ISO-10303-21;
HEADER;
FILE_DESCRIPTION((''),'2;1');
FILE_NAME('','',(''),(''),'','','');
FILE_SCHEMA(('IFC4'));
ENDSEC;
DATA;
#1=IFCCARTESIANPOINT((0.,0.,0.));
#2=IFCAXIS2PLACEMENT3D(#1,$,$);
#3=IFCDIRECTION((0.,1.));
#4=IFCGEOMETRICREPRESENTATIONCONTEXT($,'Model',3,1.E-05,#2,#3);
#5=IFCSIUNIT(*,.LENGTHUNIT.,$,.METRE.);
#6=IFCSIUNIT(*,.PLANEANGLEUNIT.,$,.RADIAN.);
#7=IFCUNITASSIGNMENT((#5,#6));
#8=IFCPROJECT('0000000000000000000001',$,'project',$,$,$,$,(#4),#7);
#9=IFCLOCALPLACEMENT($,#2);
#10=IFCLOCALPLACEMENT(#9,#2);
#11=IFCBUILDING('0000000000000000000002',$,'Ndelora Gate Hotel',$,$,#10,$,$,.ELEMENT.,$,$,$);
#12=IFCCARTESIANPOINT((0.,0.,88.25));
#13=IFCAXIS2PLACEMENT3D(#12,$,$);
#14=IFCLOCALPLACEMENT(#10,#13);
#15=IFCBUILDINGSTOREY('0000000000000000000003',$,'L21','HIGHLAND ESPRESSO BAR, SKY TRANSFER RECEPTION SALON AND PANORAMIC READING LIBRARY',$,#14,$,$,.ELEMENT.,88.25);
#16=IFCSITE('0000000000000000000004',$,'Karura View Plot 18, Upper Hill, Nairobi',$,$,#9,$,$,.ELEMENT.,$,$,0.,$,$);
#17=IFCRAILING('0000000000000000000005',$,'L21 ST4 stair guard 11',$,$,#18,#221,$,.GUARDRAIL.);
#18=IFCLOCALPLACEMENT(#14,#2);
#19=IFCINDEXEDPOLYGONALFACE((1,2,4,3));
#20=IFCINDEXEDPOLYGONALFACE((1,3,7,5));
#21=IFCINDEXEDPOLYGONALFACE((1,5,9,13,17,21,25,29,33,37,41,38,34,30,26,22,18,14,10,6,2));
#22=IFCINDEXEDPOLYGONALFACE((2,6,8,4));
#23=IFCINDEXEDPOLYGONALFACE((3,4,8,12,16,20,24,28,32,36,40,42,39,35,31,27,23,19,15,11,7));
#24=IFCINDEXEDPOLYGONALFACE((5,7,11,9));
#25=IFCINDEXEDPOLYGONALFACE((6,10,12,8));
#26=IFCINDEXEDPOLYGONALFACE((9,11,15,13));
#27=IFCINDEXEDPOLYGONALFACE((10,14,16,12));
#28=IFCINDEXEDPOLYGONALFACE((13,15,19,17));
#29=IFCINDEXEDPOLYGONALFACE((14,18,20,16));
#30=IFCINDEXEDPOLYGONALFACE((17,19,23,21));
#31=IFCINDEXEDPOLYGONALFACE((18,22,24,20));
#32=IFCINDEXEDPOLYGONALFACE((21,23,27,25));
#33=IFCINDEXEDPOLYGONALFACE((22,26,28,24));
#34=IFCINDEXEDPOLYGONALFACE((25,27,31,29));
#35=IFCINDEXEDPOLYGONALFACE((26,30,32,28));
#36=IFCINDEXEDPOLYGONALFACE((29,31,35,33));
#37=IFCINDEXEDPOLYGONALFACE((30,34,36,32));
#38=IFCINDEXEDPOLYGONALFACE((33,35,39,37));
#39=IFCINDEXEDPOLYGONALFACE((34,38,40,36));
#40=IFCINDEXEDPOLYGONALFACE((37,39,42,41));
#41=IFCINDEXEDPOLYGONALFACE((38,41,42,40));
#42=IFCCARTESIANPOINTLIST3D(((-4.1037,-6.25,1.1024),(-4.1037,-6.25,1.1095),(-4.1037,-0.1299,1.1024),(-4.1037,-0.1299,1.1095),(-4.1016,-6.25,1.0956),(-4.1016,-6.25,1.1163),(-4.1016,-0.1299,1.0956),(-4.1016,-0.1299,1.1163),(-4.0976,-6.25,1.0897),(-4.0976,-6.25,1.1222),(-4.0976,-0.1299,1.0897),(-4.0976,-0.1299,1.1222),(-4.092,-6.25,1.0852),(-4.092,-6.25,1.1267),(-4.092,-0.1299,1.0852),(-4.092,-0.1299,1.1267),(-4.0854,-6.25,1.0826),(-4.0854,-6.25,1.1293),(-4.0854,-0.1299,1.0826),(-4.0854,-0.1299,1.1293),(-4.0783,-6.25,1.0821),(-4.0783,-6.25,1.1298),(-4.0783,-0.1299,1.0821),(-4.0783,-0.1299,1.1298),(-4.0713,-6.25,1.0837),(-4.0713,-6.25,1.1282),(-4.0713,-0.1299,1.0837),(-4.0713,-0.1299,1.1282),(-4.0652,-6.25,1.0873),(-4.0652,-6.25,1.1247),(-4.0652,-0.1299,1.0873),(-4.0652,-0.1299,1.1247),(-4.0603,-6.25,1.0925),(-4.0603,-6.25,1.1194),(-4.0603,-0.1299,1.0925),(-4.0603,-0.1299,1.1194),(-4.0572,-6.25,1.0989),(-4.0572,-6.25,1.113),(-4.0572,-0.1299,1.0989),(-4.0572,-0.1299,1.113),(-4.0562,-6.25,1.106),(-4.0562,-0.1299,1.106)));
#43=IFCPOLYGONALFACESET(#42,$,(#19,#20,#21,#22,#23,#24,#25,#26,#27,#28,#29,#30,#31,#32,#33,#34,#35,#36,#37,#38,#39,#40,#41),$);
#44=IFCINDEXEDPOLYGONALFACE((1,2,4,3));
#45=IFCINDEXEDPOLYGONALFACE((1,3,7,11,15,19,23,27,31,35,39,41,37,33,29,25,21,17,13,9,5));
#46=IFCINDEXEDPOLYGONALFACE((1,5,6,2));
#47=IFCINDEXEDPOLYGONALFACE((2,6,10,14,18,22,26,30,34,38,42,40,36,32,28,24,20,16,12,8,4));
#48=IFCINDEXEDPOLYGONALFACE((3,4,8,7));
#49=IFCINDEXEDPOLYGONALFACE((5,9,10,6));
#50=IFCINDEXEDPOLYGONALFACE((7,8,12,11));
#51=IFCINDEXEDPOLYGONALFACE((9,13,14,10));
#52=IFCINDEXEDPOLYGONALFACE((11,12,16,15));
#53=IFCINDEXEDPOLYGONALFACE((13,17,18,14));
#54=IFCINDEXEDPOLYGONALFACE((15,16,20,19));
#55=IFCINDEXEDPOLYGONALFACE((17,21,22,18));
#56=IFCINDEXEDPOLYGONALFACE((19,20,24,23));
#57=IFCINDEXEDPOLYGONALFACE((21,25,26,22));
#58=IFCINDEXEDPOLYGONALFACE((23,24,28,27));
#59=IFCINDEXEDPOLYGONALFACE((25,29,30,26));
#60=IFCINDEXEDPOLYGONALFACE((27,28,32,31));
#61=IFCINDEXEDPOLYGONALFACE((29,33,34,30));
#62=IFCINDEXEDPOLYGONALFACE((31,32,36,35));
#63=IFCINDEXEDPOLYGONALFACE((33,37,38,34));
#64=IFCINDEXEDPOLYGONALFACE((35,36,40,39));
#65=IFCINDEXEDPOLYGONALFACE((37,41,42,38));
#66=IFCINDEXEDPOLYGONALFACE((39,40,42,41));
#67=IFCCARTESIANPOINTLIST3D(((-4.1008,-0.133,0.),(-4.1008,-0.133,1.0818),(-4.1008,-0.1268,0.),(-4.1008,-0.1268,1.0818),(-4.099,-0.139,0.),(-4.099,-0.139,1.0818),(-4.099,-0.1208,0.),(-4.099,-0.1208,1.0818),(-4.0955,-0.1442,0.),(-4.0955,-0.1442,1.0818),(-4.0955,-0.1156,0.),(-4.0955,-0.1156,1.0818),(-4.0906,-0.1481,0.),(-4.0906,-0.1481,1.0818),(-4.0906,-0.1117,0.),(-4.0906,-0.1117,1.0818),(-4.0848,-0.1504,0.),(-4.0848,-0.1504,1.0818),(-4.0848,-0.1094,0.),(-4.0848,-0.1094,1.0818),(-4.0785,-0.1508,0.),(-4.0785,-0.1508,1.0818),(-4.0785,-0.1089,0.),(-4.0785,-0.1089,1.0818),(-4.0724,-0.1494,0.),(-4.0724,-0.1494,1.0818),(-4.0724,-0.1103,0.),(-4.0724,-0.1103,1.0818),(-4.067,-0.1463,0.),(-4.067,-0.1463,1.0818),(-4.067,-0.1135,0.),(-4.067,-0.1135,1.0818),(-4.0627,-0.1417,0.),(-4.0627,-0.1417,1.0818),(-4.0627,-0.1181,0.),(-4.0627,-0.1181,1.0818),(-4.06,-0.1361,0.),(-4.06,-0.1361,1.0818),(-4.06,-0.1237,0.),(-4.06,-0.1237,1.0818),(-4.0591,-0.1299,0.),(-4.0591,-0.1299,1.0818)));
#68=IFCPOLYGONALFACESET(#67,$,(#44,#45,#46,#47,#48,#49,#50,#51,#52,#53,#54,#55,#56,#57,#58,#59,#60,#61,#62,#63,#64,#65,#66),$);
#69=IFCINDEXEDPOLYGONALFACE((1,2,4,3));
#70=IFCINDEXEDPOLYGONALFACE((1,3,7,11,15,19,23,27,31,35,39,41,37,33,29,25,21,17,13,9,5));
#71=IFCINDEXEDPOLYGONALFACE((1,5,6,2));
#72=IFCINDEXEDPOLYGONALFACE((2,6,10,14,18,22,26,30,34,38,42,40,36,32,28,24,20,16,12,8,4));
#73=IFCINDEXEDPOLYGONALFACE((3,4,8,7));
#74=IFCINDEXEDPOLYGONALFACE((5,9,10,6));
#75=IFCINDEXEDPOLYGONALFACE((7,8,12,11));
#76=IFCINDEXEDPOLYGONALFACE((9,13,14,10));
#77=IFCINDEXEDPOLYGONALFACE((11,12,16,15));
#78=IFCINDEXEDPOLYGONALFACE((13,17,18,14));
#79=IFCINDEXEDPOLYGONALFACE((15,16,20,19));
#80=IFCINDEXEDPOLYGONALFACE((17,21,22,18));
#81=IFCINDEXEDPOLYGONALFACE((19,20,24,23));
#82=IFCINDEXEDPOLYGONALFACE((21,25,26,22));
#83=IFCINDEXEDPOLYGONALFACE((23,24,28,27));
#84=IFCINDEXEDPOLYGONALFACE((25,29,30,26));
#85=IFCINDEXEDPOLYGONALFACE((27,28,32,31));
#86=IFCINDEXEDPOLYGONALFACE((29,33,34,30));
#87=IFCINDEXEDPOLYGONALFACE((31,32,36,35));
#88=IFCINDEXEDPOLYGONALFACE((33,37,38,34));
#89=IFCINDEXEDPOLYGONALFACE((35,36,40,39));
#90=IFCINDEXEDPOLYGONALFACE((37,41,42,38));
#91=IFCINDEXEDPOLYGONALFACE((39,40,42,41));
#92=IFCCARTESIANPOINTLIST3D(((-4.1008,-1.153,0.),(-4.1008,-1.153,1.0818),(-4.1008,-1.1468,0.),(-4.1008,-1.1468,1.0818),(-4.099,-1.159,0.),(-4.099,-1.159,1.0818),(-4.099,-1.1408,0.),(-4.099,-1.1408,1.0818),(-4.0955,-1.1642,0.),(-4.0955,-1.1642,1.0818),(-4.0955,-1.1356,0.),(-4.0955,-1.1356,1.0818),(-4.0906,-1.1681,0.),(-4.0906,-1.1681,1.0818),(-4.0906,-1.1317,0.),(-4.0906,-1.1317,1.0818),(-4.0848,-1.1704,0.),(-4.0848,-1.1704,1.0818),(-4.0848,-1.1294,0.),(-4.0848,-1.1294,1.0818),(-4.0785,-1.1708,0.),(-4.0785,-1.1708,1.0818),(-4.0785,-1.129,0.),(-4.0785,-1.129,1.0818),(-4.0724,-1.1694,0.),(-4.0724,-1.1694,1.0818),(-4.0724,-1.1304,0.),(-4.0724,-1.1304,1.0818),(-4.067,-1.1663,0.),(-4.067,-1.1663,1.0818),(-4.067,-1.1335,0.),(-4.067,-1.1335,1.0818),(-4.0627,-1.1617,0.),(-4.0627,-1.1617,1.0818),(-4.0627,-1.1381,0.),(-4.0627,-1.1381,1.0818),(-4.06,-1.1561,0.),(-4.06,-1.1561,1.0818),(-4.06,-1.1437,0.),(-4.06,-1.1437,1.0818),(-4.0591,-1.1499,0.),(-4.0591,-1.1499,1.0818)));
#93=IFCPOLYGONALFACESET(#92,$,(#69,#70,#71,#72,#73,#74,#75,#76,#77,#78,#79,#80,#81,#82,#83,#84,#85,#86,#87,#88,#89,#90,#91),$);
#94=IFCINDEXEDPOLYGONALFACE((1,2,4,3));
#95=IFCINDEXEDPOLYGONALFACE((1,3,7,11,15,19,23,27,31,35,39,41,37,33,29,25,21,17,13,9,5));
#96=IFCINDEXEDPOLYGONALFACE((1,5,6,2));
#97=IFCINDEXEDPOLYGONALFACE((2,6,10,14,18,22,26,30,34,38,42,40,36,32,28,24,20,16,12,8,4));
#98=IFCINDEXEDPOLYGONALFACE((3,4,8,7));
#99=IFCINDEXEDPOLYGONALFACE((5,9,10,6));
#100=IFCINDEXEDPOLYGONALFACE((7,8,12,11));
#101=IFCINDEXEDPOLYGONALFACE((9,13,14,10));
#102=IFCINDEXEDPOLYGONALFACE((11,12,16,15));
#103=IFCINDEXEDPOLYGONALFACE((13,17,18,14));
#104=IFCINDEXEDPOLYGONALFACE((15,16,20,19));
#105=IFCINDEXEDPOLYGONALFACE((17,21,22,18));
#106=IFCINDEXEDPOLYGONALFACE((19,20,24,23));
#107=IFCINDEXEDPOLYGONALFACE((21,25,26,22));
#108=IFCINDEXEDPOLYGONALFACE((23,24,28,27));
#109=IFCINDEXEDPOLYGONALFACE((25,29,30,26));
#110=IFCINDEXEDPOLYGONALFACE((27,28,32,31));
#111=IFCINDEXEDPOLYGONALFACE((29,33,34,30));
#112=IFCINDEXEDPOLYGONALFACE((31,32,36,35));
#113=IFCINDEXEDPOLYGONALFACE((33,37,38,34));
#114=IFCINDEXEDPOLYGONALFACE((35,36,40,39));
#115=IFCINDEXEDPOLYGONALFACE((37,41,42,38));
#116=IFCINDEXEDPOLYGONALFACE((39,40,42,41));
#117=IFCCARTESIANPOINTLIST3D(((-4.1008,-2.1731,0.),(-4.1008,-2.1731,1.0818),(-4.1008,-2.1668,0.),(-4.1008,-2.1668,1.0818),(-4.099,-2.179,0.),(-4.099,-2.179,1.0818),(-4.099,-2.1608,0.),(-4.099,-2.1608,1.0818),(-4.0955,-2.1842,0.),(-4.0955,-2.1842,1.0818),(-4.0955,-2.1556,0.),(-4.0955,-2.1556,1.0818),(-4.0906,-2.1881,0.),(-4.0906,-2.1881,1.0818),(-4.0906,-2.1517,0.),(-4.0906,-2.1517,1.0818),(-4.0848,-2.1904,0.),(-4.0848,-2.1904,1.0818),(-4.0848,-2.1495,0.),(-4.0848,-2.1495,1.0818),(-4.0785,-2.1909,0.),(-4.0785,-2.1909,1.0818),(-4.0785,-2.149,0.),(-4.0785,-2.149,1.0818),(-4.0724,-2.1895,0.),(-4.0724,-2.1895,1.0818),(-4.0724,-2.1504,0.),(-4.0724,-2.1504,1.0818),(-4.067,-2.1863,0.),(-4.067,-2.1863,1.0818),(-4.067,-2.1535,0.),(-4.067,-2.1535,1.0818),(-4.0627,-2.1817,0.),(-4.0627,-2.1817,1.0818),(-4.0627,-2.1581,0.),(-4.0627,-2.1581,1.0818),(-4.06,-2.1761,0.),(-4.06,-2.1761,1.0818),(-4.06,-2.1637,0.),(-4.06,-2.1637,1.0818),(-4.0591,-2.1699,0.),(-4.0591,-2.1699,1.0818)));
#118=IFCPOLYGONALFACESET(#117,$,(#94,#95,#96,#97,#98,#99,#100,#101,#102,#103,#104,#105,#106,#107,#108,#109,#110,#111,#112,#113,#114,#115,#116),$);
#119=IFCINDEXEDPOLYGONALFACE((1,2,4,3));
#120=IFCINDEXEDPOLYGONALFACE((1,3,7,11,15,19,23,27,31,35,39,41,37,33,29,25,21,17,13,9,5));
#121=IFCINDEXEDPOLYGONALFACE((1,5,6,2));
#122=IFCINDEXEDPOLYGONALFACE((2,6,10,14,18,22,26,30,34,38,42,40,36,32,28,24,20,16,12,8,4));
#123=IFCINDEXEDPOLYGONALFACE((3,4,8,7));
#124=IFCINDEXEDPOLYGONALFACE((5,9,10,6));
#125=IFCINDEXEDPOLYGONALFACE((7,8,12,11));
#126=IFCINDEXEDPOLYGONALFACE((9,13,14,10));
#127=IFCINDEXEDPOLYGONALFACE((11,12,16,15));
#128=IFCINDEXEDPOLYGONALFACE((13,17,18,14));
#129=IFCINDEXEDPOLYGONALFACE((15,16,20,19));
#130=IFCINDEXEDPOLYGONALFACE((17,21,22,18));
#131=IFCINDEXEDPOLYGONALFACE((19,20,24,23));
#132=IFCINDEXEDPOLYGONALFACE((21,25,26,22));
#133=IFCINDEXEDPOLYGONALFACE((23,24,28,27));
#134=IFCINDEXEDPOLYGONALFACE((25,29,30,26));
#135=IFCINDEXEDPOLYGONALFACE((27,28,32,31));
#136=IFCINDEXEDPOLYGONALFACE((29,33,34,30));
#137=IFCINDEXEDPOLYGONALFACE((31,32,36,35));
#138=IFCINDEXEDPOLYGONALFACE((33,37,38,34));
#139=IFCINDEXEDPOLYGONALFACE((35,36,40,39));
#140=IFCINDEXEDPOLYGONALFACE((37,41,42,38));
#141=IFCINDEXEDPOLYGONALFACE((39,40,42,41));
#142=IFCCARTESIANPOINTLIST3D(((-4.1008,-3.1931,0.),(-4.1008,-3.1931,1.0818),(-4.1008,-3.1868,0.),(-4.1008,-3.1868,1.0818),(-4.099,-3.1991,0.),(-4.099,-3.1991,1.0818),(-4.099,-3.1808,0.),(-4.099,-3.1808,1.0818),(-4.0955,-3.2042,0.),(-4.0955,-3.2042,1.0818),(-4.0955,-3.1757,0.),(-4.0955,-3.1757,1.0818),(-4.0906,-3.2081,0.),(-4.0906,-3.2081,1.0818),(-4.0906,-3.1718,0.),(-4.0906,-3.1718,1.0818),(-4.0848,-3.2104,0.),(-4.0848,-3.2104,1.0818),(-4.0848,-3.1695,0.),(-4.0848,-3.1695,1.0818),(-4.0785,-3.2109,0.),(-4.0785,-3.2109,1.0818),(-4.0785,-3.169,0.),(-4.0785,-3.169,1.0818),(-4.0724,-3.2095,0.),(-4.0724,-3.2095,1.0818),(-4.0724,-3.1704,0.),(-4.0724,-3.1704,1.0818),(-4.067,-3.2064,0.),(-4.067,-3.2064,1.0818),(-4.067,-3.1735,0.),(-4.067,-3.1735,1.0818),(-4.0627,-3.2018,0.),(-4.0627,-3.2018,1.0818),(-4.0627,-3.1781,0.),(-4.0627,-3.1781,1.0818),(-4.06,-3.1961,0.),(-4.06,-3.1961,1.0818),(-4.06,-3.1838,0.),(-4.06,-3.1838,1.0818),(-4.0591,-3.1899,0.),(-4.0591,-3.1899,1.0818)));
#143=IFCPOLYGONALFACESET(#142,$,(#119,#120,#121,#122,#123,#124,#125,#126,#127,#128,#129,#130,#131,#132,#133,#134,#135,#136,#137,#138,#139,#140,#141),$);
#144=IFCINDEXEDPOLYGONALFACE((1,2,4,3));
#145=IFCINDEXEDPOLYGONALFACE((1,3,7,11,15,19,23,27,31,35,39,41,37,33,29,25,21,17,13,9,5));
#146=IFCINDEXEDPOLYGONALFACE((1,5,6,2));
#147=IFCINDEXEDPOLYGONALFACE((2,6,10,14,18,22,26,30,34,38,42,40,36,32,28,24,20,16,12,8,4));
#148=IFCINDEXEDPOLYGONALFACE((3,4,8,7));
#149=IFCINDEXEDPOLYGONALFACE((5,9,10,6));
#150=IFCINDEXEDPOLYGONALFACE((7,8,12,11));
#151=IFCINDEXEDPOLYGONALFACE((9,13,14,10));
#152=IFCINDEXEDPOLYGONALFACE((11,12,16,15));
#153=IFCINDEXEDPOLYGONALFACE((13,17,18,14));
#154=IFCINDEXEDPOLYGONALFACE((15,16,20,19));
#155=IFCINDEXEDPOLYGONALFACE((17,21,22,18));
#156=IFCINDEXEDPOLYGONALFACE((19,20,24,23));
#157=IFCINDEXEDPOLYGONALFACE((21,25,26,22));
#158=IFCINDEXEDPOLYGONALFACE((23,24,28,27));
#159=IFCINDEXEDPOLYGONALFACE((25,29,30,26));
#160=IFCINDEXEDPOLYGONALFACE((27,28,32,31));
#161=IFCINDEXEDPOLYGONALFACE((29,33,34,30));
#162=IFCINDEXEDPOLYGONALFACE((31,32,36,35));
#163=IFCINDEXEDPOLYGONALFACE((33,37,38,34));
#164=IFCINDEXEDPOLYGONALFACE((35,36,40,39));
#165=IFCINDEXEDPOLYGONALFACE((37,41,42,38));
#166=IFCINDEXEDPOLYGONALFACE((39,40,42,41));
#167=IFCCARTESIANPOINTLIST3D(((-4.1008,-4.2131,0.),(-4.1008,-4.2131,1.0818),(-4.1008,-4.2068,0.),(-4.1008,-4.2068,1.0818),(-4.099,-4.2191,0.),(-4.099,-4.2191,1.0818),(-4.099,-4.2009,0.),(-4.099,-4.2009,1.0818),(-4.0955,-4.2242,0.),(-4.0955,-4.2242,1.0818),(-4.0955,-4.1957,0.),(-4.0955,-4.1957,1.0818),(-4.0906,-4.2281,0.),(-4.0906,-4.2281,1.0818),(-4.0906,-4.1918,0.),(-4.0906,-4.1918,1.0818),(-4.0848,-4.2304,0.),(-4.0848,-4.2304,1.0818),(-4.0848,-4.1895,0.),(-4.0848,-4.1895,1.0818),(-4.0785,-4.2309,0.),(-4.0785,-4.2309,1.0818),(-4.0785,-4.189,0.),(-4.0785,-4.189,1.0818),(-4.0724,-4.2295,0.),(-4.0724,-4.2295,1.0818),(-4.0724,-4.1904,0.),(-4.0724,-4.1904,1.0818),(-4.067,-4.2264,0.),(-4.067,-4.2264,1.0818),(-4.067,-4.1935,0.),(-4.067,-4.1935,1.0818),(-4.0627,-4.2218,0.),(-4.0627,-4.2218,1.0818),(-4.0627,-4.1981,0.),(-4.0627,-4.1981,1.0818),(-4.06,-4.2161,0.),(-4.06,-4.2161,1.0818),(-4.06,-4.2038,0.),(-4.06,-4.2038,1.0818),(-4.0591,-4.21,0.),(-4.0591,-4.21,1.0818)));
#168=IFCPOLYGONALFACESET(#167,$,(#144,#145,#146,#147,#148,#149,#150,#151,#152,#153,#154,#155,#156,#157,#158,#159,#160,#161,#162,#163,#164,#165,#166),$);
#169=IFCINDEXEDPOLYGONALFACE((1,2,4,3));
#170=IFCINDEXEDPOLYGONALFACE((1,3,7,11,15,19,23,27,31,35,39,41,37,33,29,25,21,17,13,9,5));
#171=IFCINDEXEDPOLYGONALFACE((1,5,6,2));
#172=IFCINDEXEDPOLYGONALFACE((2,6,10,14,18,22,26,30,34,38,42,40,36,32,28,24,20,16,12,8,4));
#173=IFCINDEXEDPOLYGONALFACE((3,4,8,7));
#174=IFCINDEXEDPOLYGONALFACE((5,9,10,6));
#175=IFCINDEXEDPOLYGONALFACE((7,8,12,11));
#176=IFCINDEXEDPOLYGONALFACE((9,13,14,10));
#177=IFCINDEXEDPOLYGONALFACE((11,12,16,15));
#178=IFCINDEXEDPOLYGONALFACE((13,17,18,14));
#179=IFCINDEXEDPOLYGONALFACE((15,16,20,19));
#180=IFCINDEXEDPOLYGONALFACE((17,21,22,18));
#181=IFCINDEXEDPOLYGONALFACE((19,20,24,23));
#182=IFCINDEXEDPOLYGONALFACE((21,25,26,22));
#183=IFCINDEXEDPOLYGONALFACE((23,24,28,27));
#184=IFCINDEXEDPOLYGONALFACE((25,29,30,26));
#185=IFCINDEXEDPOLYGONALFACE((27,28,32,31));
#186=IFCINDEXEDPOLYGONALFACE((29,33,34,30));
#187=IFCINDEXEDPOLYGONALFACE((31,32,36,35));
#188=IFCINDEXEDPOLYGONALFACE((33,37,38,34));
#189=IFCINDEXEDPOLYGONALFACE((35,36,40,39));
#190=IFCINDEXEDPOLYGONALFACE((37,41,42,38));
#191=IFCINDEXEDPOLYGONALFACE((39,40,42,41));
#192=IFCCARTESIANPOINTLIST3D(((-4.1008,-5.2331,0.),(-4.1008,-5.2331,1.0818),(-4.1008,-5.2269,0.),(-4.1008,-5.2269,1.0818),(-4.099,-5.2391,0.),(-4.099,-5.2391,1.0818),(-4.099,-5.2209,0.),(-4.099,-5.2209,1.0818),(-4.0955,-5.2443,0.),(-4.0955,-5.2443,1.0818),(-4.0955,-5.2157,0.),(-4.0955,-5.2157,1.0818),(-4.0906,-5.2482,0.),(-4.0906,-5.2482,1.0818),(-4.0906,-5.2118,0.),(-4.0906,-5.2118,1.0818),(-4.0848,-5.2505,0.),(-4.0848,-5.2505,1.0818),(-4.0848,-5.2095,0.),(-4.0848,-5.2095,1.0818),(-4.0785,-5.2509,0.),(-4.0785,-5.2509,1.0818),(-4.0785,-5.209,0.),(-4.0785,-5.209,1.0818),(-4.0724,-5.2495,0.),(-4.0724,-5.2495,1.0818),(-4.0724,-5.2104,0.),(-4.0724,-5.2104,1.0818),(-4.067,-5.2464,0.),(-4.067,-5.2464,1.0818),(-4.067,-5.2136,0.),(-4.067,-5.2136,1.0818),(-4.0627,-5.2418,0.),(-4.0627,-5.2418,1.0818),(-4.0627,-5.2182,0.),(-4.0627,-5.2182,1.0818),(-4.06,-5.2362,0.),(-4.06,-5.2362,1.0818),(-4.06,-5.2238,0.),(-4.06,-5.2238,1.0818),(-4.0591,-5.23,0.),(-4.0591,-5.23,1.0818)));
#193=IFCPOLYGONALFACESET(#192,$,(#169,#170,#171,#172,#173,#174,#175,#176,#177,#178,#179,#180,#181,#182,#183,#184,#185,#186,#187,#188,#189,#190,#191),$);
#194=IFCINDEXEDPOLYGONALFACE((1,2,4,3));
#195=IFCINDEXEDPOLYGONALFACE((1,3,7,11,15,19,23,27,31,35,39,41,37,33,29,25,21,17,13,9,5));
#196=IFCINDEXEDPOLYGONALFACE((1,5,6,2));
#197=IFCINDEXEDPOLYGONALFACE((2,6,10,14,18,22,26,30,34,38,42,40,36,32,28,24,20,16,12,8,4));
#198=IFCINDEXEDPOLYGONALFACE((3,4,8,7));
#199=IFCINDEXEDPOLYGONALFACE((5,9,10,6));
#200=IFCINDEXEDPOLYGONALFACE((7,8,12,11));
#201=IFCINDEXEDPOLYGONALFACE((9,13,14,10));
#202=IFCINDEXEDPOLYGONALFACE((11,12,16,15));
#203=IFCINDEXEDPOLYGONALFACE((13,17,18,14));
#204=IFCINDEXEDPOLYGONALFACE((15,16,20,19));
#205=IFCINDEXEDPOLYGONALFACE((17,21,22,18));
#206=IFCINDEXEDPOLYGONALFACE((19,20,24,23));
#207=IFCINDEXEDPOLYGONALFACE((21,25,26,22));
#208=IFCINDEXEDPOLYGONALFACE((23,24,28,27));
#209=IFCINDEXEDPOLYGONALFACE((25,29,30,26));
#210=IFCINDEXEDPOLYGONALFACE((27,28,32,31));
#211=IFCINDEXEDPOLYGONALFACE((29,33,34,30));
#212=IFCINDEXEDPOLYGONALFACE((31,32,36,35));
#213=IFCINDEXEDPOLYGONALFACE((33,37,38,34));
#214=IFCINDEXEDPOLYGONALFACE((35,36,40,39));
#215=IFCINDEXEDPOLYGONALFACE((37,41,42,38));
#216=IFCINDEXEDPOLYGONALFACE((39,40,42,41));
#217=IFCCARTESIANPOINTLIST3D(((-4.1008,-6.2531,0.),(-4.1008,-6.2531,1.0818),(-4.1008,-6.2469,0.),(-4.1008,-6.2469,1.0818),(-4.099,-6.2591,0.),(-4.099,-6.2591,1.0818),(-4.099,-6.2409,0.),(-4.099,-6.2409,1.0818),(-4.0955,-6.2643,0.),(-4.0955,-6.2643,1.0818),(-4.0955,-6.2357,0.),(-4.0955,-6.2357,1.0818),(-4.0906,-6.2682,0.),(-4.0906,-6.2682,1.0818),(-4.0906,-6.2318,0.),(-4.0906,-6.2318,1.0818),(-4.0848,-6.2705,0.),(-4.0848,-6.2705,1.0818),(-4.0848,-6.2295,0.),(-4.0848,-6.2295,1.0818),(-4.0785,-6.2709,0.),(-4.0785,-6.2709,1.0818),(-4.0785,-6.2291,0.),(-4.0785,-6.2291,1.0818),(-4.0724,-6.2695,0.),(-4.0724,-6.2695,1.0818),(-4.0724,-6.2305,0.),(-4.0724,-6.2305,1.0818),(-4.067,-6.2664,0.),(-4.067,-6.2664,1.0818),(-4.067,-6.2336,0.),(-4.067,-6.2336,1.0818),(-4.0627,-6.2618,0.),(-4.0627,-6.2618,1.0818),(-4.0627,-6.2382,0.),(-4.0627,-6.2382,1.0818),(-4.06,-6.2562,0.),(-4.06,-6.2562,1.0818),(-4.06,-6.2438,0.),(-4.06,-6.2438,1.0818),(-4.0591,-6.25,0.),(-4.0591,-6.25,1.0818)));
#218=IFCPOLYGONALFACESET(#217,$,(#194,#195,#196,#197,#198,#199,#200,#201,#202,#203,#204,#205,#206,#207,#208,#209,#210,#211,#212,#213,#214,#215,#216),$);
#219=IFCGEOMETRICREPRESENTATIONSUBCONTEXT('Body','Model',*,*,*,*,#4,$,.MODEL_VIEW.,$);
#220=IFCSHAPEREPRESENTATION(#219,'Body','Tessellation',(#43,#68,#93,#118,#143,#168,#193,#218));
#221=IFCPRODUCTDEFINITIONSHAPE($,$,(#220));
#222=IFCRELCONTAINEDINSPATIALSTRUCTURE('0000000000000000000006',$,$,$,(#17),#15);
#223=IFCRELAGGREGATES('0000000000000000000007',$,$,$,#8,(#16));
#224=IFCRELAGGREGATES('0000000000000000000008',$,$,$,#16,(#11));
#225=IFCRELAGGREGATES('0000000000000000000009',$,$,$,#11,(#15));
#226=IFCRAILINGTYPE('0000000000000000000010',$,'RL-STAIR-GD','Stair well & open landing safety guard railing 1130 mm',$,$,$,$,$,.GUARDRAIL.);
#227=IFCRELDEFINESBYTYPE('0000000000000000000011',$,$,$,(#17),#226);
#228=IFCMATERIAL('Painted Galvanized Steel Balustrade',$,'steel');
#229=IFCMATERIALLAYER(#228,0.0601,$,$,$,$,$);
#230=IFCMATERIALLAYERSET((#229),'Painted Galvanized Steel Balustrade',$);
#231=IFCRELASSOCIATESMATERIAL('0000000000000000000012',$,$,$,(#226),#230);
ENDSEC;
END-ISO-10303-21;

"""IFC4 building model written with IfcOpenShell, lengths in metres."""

from ifc_helpers import new_model, si_unit, direction, frame, origin, origin_2d, place, context, subcontext, project, spatial, circle, extrude, material, layer, layer_set, type_object, element, save


model = new_model("IFC4")

# Units and contexts
model_context = context("Model", 3, precision=1e-05, world=origin(), true_north=direction((0.0, 1.0)))
body_context = subcontext(model_context, "Body", "Model", "MODEL_VIEW")
ifc_project = project(units=[si_unit("LENGTHUNIT", "METRE"), si_unit("PLANEANGLEUNIT", "RADIAN")], contexts=[model_context])

# Site, building, storey
site_placement = place(None, origin())
site = spatial("IfcSite", under=ifc_project, at=site_placement, Name="Karura View Plot 18, Upper Hill, Nairobi", CompositionType="ELEMENT", RefElevation=0.0)
building_placement = place(site_placement, origin())
building = spatial("IfcBuilding", under=site, at=building_placement, Name="Ndelora Gate Hotel", CompositionType="ELEMENT")
storey_placement = place(building_placement, frame((0.0, 0.0, 88.25)))
storey = spatial("IfcBuildingStorey", under=building, at=storey_placement, Name="L21", Description="HIGHLAND ESPRESSO BAR, SKY TRANSFER RECEPTION SALON AND PANORAMIC READING LIBRARY", CompositionType="ELEMENT", Elevation=88.25)

# Railing
ifc_material_1 = material(Name="Painted Galvanized Steel Balustrade", Category="steel")
ifc_layer_1 = layer(ifc_material_1, 0.0601)
ifc_layer_set_1 = layer_set([ifc_layer_1], Name="Painted Galvanized Steel Balustrade")
railing_type_1 = type_object("IfcRailingType", Name="RL-STAIR-GD", Description="Stair well & open landing safety guard railing 1130 mm", PredefinedType="GUARDRAIL", material=ifc_layer_set_1)
railing_1_placement = place(storey_placement, frame((-4.0801, -0.1299, 0.0)))
element("IfcRailing", 1, at=railing_1_placement, inside=storey, type_object=railing_type_1, Name="L21 ST4 stair guard 11", PredefinedType="GUARDRAIL", context=body_context, shape_type="SweptSolid", body=[
    extrude(circle(Radius=0.0239, at=origin_2d()), frame((0.0, 0.0, 1.106), z_axis=(0.0, -1.0, 0.0), x_axis=(1.0, 0.0, 0.0)), (0.0, 0.0, 1.0), 6.1201),
    extrude(circle(Radius=0.021, at=origin_2d()), origin(), (0.0, 0.0, 1.0), 1.0818),
    extrude(circle(Radius=0.021, at=origin_2d()), frame((0.0, -1.02, 0.0)), (0.0, 0.0, 1.0), 1.0818),
    extrude(circle(Radius=0.021, at=origin_2d()), frame((0.0, -2.04, 0.0)), (0.0, 0.0, 1.0), 1.0818),
    extrude(circle(Radius=0.021, at=origin_2d()), frame((0.0, -3.0601, 0.0)), (0.0, 0.0, 1.0), 1.0818),
    extrude(circle(Radius=0.021, at=origin_2d()), frame((0.0, -4.0801, 0.0)), (0.0, 0.0, 1.0), 1.0818),
    extrude(circle(Radius=0.021, at=origin_2d()), frame((0.0, -5.1001, 0.0)), (0.0, 0.0, 1.0), 1.0818),
    extrude(circle(Radius=0.021, at=origin_2d()), frame((0.0, -6.1201, 0.0)), (0.0, 0.0, 1.0), 1.0818),
])

save(model, "model.ifc")
